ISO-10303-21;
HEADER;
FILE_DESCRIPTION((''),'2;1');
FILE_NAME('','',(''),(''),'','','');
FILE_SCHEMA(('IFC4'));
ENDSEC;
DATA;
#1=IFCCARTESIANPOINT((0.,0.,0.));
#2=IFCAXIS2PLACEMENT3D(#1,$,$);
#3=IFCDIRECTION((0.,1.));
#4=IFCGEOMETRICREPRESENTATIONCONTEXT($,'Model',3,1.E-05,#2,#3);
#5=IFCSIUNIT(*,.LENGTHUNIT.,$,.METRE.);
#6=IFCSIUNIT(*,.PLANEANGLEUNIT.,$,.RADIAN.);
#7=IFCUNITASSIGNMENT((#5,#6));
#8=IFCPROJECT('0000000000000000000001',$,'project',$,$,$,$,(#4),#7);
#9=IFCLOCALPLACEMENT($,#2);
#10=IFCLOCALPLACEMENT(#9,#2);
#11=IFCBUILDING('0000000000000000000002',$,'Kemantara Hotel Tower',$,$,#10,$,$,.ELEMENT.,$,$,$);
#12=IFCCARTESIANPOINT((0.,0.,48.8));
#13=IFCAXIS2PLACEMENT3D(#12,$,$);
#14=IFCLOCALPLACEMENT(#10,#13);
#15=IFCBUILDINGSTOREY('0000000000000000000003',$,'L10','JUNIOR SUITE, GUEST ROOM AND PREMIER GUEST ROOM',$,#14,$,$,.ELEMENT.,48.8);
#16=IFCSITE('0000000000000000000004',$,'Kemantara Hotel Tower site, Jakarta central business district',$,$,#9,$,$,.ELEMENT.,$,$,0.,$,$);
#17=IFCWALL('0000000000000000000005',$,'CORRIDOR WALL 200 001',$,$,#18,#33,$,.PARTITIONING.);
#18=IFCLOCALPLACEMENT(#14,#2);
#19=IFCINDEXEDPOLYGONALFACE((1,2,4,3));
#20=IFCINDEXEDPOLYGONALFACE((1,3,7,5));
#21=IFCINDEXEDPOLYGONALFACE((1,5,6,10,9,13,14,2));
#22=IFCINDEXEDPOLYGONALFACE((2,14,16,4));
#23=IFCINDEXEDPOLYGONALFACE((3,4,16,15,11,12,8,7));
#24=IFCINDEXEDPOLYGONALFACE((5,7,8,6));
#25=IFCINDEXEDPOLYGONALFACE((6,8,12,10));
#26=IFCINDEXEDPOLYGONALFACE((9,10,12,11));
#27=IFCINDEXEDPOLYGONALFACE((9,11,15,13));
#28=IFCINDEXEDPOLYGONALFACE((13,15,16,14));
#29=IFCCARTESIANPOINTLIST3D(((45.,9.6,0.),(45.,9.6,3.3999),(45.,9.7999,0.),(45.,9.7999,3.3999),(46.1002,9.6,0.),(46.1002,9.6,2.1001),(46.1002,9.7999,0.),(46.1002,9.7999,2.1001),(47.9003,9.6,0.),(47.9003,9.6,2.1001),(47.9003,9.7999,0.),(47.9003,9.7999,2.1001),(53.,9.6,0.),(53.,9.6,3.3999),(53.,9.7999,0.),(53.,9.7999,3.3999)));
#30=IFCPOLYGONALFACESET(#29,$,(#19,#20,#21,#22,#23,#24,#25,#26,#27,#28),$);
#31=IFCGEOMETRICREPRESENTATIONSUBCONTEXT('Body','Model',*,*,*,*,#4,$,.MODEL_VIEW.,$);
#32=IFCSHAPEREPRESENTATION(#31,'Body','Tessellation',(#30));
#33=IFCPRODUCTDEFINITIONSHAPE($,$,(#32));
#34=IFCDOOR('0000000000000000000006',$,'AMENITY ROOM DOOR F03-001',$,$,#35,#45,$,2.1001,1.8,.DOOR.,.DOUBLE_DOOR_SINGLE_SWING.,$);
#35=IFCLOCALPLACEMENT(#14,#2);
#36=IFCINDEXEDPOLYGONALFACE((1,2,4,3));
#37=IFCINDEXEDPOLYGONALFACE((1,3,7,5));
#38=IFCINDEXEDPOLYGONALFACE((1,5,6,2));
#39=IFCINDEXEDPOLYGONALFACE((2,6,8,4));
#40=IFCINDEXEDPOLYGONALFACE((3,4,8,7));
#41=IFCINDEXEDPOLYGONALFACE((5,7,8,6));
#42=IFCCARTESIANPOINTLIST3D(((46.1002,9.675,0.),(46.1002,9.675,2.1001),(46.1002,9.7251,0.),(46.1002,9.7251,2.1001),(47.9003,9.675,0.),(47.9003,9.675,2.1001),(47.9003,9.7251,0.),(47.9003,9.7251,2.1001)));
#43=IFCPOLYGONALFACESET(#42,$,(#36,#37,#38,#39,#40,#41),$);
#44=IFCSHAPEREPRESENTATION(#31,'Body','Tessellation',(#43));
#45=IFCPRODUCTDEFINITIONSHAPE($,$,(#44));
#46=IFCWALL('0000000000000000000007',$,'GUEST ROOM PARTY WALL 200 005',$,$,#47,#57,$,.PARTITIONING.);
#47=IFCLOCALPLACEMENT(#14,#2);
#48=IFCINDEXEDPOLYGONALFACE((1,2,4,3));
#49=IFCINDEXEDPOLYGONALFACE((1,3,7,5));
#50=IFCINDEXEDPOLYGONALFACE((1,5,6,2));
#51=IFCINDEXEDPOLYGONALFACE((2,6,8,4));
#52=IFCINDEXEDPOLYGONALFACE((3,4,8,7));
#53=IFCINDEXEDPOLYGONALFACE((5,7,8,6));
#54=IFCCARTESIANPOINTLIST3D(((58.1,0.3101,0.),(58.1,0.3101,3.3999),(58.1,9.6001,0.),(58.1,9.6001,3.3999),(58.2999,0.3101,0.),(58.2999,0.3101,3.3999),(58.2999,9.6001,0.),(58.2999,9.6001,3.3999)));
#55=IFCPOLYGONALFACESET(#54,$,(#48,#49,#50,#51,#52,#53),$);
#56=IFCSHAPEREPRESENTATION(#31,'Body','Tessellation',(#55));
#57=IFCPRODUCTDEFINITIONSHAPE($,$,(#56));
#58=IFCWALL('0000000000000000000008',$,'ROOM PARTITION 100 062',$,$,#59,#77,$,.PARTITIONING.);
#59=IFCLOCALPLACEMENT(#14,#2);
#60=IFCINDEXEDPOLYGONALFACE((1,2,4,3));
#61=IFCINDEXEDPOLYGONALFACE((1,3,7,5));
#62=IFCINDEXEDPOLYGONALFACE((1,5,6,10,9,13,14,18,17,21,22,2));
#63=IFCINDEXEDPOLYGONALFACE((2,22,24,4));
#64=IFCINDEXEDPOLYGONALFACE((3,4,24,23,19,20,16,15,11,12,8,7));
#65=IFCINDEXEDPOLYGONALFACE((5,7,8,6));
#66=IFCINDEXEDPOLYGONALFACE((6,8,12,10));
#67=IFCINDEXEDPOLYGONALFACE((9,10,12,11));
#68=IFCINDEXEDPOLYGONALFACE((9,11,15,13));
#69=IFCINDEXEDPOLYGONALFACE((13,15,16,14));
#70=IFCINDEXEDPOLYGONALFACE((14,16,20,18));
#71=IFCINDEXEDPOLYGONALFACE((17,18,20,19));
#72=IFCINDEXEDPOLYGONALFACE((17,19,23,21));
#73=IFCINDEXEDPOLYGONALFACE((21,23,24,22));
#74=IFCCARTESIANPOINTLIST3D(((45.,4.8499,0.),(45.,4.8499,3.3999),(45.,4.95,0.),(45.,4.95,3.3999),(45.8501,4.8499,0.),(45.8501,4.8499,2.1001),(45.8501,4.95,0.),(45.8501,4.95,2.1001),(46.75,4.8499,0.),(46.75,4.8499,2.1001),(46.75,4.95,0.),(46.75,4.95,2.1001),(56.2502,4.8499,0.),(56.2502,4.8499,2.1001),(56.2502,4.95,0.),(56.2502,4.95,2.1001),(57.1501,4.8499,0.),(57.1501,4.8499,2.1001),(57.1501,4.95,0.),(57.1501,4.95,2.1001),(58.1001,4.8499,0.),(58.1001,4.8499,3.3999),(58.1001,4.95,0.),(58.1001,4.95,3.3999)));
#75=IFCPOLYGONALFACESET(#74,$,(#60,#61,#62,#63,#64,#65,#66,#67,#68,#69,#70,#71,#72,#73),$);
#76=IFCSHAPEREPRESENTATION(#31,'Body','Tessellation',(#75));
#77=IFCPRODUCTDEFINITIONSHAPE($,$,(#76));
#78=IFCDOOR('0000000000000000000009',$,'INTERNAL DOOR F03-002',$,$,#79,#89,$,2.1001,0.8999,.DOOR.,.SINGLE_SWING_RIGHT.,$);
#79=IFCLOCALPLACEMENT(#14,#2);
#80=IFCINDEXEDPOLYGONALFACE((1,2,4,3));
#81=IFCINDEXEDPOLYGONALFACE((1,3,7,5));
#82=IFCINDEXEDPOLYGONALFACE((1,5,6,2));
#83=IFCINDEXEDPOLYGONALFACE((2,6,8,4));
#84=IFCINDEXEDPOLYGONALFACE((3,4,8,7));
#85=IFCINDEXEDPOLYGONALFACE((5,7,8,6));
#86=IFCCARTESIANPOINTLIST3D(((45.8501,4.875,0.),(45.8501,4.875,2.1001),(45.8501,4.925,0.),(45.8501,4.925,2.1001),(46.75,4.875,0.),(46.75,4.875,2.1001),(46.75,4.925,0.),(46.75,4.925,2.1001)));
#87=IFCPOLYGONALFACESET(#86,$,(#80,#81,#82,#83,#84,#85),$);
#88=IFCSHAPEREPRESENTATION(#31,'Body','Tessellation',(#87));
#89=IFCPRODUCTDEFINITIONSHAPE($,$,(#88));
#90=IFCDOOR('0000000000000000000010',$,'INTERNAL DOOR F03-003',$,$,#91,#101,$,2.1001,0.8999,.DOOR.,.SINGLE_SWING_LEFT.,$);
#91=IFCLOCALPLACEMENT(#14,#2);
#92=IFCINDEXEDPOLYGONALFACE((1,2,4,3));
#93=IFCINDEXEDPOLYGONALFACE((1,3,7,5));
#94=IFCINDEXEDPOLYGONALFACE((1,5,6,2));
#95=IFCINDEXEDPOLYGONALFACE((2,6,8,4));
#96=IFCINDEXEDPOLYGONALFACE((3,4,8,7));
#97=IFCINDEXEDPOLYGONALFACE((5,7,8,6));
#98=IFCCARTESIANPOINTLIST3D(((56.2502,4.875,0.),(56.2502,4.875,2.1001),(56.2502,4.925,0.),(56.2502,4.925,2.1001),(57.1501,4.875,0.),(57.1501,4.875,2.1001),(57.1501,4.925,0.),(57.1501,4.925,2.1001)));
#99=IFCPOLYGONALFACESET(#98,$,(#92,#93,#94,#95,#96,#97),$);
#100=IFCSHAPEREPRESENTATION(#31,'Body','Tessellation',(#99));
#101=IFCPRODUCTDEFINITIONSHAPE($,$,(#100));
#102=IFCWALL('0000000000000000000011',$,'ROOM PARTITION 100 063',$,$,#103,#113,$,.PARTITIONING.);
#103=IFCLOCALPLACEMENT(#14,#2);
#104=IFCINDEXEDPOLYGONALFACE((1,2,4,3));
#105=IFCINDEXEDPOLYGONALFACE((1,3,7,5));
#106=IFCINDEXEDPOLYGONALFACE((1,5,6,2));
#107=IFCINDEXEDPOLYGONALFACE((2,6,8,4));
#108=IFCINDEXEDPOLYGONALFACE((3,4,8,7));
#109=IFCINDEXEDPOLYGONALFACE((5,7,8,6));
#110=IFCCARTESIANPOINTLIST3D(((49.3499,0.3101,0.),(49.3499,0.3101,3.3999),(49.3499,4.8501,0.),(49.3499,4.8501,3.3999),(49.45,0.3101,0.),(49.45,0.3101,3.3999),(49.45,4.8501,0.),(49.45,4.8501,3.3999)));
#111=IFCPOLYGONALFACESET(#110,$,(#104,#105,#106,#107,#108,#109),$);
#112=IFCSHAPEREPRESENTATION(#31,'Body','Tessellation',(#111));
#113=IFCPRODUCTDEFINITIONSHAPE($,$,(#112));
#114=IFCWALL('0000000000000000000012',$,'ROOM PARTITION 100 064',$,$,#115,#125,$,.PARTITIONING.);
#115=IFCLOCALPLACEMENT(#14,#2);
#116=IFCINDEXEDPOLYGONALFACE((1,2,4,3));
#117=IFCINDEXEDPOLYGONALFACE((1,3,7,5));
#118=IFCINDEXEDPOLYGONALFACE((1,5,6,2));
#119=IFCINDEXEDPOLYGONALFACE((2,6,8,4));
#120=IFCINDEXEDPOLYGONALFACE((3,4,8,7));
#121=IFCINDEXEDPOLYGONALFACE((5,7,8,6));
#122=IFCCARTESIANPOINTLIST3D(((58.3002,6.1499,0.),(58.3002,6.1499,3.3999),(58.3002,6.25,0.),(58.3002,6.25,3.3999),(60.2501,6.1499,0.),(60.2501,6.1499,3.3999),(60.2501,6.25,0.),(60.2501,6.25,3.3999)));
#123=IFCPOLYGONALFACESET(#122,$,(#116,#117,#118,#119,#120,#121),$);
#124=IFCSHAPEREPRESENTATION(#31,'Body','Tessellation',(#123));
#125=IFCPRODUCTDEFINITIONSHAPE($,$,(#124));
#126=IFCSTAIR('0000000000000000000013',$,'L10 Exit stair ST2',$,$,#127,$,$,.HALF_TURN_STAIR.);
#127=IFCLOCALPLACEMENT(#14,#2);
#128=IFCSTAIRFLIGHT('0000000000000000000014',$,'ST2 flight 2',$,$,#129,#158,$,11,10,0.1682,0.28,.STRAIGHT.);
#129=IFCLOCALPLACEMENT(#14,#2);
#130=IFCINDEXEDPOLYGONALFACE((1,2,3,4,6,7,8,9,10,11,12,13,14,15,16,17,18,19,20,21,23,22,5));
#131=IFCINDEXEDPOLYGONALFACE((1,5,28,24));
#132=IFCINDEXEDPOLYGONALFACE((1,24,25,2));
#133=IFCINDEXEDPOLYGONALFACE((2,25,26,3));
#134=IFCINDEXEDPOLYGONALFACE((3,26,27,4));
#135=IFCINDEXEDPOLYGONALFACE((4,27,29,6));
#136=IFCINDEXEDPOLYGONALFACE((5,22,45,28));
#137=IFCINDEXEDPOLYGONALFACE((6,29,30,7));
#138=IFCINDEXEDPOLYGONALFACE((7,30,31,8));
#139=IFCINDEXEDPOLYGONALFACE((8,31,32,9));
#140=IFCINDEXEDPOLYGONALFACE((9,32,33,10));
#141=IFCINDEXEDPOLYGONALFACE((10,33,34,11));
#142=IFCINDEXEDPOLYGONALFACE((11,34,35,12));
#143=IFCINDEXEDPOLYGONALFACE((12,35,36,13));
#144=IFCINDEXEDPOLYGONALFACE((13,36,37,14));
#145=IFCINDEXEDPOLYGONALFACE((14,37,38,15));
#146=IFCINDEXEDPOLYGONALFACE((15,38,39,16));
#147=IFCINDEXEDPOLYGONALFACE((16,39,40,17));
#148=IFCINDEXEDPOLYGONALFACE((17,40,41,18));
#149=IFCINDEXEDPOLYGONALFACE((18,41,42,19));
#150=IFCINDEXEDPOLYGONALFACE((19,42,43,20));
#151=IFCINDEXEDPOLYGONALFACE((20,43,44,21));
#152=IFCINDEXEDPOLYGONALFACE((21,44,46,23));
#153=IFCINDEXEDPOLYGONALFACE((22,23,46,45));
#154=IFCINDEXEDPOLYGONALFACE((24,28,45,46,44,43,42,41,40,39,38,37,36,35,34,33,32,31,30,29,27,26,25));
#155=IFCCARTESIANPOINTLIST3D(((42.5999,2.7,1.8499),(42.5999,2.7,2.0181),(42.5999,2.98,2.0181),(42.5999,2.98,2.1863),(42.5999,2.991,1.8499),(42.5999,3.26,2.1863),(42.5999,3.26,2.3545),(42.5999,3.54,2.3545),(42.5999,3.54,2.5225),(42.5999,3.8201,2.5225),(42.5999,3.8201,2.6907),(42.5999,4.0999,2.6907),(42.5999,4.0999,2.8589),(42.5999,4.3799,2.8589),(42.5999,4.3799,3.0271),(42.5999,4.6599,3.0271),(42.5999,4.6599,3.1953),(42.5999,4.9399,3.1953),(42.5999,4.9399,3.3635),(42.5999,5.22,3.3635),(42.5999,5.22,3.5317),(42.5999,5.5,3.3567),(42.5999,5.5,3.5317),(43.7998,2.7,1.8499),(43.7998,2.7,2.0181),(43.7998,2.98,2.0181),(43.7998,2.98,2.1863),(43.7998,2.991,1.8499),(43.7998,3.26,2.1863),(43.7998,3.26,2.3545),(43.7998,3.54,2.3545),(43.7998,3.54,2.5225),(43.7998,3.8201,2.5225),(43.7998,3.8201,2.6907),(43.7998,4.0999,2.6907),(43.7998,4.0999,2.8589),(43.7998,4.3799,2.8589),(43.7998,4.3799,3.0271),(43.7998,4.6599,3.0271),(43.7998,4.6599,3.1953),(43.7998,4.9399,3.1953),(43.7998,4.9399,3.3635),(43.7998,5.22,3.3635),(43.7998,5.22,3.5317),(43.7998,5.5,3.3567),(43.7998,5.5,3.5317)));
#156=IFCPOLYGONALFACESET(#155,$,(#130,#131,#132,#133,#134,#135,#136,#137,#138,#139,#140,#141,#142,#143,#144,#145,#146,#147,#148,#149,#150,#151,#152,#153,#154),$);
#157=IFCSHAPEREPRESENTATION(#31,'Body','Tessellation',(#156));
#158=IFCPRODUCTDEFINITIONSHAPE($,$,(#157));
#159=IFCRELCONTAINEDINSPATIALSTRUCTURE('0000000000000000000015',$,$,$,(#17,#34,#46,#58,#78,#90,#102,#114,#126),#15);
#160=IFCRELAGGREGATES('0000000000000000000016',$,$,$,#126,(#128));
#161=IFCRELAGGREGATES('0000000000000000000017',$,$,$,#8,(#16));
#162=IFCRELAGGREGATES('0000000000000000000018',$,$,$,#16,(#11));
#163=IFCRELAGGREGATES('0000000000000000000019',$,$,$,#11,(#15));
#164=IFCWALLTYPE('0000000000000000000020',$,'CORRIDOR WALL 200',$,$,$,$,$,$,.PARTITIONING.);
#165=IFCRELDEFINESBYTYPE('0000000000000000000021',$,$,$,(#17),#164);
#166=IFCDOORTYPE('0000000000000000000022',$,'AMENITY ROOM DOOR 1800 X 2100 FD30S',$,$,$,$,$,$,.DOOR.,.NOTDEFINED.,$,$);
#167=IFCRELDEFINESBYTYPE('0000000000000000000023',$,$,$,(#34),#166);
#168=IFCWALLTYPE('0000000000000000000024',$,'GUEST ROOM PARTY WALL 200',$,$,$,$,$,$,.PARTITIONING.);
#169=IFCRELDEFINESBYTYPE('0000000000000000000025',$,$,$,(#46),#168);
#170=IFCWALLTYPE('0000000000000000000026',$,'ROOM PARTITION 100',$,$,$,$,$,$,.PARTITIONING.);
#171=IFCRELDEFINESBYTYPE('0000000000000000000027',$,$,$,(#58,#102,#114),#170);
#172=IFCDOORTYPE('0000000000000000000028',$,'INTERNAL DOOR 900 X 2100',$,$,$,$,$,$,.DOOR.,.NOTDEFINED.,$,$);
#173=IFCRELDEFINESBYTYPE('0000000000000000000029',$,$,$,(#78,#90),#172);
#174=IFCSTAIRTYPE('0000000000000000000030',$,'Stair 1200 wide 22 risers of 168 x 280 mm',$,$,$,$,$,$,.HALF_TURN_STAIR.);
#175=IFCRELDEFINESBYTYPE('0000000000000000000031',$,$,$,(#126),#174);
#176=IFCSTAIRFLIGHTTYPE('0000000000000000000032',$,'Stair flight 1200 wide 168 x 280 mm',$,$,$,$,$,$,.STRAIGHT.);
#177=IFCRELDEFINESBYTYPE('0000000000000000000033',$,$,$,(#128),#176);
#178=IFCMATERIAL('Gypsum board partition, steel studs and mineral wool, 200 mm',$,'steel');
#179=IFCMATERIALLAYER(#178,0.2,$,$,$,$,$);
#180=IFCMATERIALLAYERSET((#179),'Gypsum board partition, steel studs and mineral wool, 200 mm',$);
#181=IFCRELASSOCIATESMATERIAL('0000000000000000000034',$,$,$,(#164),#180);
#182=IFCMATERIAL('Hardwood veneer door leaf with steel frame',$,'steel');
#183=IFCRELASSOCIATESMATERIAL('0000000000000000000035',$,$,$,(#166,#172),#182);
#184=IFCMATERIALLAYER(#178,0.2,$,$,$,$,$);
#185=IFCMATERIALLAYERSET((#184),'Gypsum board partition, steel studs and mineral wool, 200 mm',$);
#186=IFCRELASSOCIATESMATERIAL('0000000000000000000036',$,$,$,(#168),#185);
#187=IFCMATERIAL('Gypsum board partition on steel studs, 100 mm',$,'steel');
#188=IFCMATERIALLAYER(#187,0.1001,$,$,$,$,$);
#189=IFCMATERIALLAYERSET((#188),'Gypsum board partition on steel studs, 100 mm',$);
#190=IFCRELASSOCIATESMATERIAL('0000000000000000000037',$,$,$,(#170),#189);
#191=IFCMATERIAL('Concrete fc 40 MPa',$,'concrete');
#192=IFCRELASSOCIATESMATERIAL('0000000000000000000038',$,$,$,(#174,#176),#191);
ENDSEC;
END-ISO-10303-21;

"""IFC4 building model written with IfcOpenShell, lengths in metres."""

from ifc_helpers import new_model, si_unit, direction, frame, frame_2d, origin, place, context, subcontext, project, spatial, polyline, rectangle, outline, extrude, material, layer, layer_set, type_object, element, fill, aggregate, save


model = new_model("IFC4")

# Units and contexts
model_context = context("Model", 3, precision=1e-05, world=origin(), true_north=direction((0.0, 1.0)))
body_context = subcontext(model_context, "Body", "Model", "MODEL_VIEW")
ifc_project = project(units=[si_unit("LENGTHUNIT", "METRE"), si_unit("PLANEANGLEUNIT", "RADIAN")], contexts=[model_context])

# Site, building, storey
site_placement = place(None, origin())
site = spatial("IfcSite", under=ifc_project, at=site_placement, Name="Kemantara Hotel Tower site, Jakarta central business district", CompositionType="ELEMENT", RefElevation=0.0)
building_placement = place(site_placement, origin())
building = spatial("IfcBuilding", under=site, at=building_placement, Name="Kemantara Hotel Tower", CompositionType="ELEMENT")
storey_placement = place(building_placement, frame((0.0, 0.0, 48.8)))
storey = spatial("IfcBuildingStorey", under=building, at=storey_placement, Name="L10", Description="JUNIOR SUITE, GUEST ROOM AND PREMIER GUEST ROOM", CompositionType="ELEMENT", Elevation=48.8)

# Wall, opening, door
ifc_material_1 = material(Name="Gypsum board partition, steel studs and mineral wool, 200 mm", Category="steel")
ifc_layer_1 = layer(ifc_material_1, 0.2)
ifc_layer_set_1 = layer_set([ifc_layer_1], Name="Gypsum board partition, steel studs and mineral wool, 200 mm")
wall_type_1 = type_object("IfcWallType", Name="CORRIDOR WALL 200", PredefinedType="PARTITIONING", material=ifc_layer_set_1)
wall_1_placement = place(storey_placement, frame((53.0, 9.7, 0.0), z_axis=(0.0, 0.0, 1.0), x_axis=(-1.0, 0.0, 0.0)))
wall_1 = element("IfcWall", 1, at=wall_1_placement, inside=storey, type_object=wall_type_1, Name="CORRIDOR WALL 200 001", PredefinedType="PARTITIONING", context=body_context, shape_type="SweptSolid", body=[
    extrude(rectangle(XDim=8.0, YDim=0.2, at=frame_2d((4.0, 0.0))), origin(), (0.0, 0.0, 1.0), 3.3999),
])
opening_1_placement = place(wall_1_placement, frame((5.0999, 0.0, 0.0)))
opening_1 = element("IfcOpeningElement", 2, at=opening_1_placement, cuts=wall_1, PredefinedType="OPENING", context=body_context, shape_type="SweptSolid", body=[
    extrude(rectangle(XDim=1.8, YDim=2.1001, at=frame_2d((0.8999, 1.05))), frame((0.0, 0.1099, 0.0), z_axis=(0.0, -1.0, 0.0), x_axis=(1.0, 0.0, 0.0)), (0.0, 0.0, 1.0), 0.22),
])
ifc_material_2 = material(Name="Hardwood veneer door leaf with steel frame", Category="steel")
door_type_1 = type_object("IfcDoorType", Name="AMENITY ROOM DOOR 1800 X 2100 FD30S", OperationType="NOTDEFINED", PredefinedType="DOOR", material=ifc_material_2)
door_1_placement = place(opening_1_placement, origin())
door_1 = element("IfcDoor", 3, at=door_1_placement, inside=storey, type_object=door_type_1, Name="AMENITY ROOM DOOR F03-001", OperationType="DOUBLE_DOOR_SINGLE_SWING", OverallHeight=2.1001, OverallWidth=1.8, PredefinedType="DOOR", context=body_context, shape_type="SweptSolid", body=[
    extrude(rectangle(XDim=1.8, YDim=2.1001, at=frame_2d((0.8999, 1.05))), frame((0.0, 0.0249, 0.0), z_axis=(0.0, -1.0, 0.0), x_axis=(1.0, 0.0, 0.0)), (0.0, 0.0, 1.0), 0.05),
])
fill(opening_1, door_1)

# Wall
ifc_layer_2 = layer(ifc_material_1, 0.2)
ifc_layer_set_2 = layer_set([ifc_layer_2], Name="Gypsum board partition, steel studs and mineral wool, 200 mm")
wall_type_2 = type_object("IfcWallType", Name="GUEST ROOM PARTY WALL 200", PredefinedType="PARTITIONING", material=ifc_layer_set_2)
wall_2_placement = place(storey_placement, frame((58.2, 0.3101, 0.0), z_axis=(0.0, 0.0, 1.0), x_axis=(0.0, 1.0, 0.0)))
element("IfcWall", 4, at=wall_2_placement, inside=storey, type_object=wall_type_2, Name="GUEST ROOM PARTY WALL 200 005", PredefinedType="PARTITIONING", context=body_context, shape_type="SweptSolid", body=[
    extrude(rectangle(XDim=9.29, YDim=0.2, at=frame_2d((4.645, 0.0))), origin(), (0.0, 0.0, 1.0), 3.3999),
])

# Wall, openings, doors
ifc_material_3 = material(Name="Gypsum board partition on steel studs, 100 mm", Category="steel")
ifc_layer_3 = layer(ifc_material_3, 0.1001)
ifc_layer_set_3 = layer_set([ifc_layer_3], Name="Gypsum board partition on steel studs, 100 mm")
wall_type_3 = type_object("IfcWallType", Name="ROOM PARTITION 100", PredefinedType="PARTITIONING", material=ifc_layer_set_3)
wall_3_placement = place(storey_placement, frame((58.1001, 4.8999, 0.0), z_axis=(0.0, 0.0, 1.0), x_axis=(-1.0, 0.0, 0.0)))
wall_3 = element("IfcWall", 5, at=wall_3_placement, inside=storey, type_object=wall_type_3, Name="ROOM PARTITION 100 062", PredefinedType="PARTITIONING", context=body_context, shape_type="SweptSolid", body=[
    extrude(rectangle(XDim=13.1001, YDim=0.1001, at=frame_2d((6.55, 0.0))), origin(), (0.0, 0.0, 1.0), 3.3999),
])
opening_2_placement = place(wall_3_placement, frame((11.3501, 0.0, 0.0)))
opening_2 = element("IfcOpeningElement", 6, at=opening_2_placement, cuts=wall_3, PredefinedType="OPENING", context=body_context, shape_type="SweptSolid", body=[
    extrude(rectangle(XDim=0.8999, YDim=2.1001, at=frame_2d((0.45, 1.05))), frame((0.0, 0.0601, 0.0), z_axis=(0.0, -1.0, 0.0), x_axis=(1.0, 0.0, 0.0)), (0.0, 0.0, 1.0), 0.1201),
])
opening_3_placement = place(wall_3_placement, frame((0.95, 0.0, 0.0)))
opening_3 = element("IfcOpeningElement", 7, at=opening_3_placement, cuts=wall_3, PredefinedType="OPENING", context=body_context, shape_type="SweptSolid", body=[
    extrude(rectangle(XDim=0.8999, YDim=2.1001, at=frame_2d((0.45, 1.05))), frame((0.0, 0.0601, 0.0), z_axis=(0.0, -1.0, 0.0), x_axis=(1.0, 0.0, 0.0)), (0.0, 0.0, 1.0), 0.1201),
])
door_type_2 = type_object("IfcDoorType", Name="INTERNAL DOOR 900 X 2100", OperationType="NOTDEFINED", PredefinedType="DOOR", material=ifc_material_2)
door_2_placement = place(opening_2_placement, origin())
door_2 = element("IfcDoor", 8, at=door_2_placement, inside=storey, type_object=door_type_2, Name="INTERNAL DOOR F03-002", OperationType="SINGLE_SWING_RIGHT", OverallHeight=2.1001, OverallWidth=0.8999, PredefinedType="DOOR", context=body_context, shape_type="SweptSolid", body=[
    extrude(rectangle(XDim=0.8999, YDim=2.1001, at=frame_2d((0.45, 1.05))), frame((0.0, 0.0249, 0.0), z_axis=(0.0, -1.0, 0.0), x_axis=(1.0, 0.0, 0.0)), (0.0, 0.0, 1.0), 0.05),
])
fill(opening_2, door_2)
door_3_placement = place(opening_3_placement, origin())
door_3 = element("IfcDoor", 9, at=door_3_placement, inside=storey, type_object=door_type_2, Name="INTERNAL DOOR F03-003", OperationType="SINGLE_SWING_LEFT", OverallHeight=2.1001, OverallWidth=0.8999, PredefinedType="DOOR", context=body_context, shape_type="SweptSolid", body=[
    extrude(rectangle(XDim=0.8999, YDim=2.1001, at=frame_2d((0.45, 1.05))), frame((0.0, 0.0249, 0.0), z_axis=(0.0, -1.0, 0.0), x_axis=(1.0, 0.0, 0.0)), (0.0, 0.0, 1.0), 0.05),
])
fill(opening_3, door_3)

# Walls
wall_4_placement = place(storey_placement, frame((49.3999, 0.3101, 0.0), z_axis=(0.0, 0.0, 1.0), x_axis=(0.0, 1.0, 0.0)))
element("IfcWall", 10, at=wall_4_placement, inside=storey, type_object=wall_type_3, Name="ROOM PARTITION 100 063", PredefinedType="PARTITIONING", context=body_context, shape_type="SweptSolid", body=[
    extrude(rectangle(XDim=4.54, YDim=0.1001, at=frame_2d((2.27, 0.0))), origin(), (0.0, 0.0, 1.0), 3.3999),
])
wall_5_placement = place(storey_placement, frame((58.3, 6.2, 0.0), z_axis=(0.0, 0.0, 1.0), x_axis=(1.0, 0.0, 0.0)))
element("IfcWall", 11, at=wall_5_placement, inside=storey, type_object=wall_type_3, Name="ROOM PARTITION 100 064", PredefinedType="PARTITIONING", context=body_context, shape_type="SweptSolid", body=[
    extrude(rectangle(XDim=1.95, YDim=0.1001, at=frame_2d((0.9751, 0.0))), origin(), (0.0, 0.0, 1.0), 3.3999),
])

# Stair, stair flight
ifc_material_4 = material(Name="Concrete fc 40 MPa", Category="concrete")
stair_type = type_object("IfcStairType", Name="Stair 1200 wide 22 risers of 168 x 280 mm", PredefinedType="HALF_TURN_STAIR", material=ifc_material_4)
stair_placement = place(storey_placement, origin())
stair = element("IfcStair", 12, at=stair_placement, inside=storey, type_object=stair_type, Name="L10 Exit stair ST2", PredefinedType="HALF_TURN_STAIR")
stair_flight_type = type_object("IfcStairFlightType", Name="Stair flight 1200 wide 168 x 280 mm", PredefinedType="STRAIGHT", material=ifc_material_4)
stair_flight_placement = place(storey_placement, frame((43.2, 2.7, 1.8499), z_axis=(0.0, 0.0, 1.0), x_axis=(0.0, 1.0, 0.0)))
stair_flight = element("IfcStairFlight", 13, at=stair_flight_placement, type_object=stair_flight_type, Name="ST2 flight 2", NumberOfRisers=11, NumberOfTreads=10, PredefinedType="STRAIGHT", RiserHeight=0.1682, TreadLength=0.28, context=body_context, shape_type="SweptSolid", body=[
    extrude(outline(polyline([(0.0, 0.0), (0.0, 0.1682), (0.28, 0.1682), (0.28, 0.3364), (0.5601, 0.3364), (0.5601, 0.5046), (0.8401, 0.5046), (0.8401, 0.6726), (1.1201, 0.6726), (1.1201, 0.8408), (1.3999, 0.8408), (1.3999, 1.009), (1.6799, 1.009), (1.6799, 1.1772), (1.96, 1.1772), (1.96, 1.3455), (2.24, 1.3455), (2.24, 1.5137), (2.52, 1.5137), (2.52, 1.6819), (2.8, 1.6819), (2.8, 1.8501), (2.8, 1.5068), (0.291, 0.0), (0.0, 0.0)])), frame((0.0, 0.6001, 0.0), z_axis=(0.0, -1.0, 0.0), x_axis=(1.0, 0.0, 0.0)), (0.0, 0.0, 1.0), 1.2),
])
aggregate(stair, [stair_flight])

save(model, "model.ifc")
